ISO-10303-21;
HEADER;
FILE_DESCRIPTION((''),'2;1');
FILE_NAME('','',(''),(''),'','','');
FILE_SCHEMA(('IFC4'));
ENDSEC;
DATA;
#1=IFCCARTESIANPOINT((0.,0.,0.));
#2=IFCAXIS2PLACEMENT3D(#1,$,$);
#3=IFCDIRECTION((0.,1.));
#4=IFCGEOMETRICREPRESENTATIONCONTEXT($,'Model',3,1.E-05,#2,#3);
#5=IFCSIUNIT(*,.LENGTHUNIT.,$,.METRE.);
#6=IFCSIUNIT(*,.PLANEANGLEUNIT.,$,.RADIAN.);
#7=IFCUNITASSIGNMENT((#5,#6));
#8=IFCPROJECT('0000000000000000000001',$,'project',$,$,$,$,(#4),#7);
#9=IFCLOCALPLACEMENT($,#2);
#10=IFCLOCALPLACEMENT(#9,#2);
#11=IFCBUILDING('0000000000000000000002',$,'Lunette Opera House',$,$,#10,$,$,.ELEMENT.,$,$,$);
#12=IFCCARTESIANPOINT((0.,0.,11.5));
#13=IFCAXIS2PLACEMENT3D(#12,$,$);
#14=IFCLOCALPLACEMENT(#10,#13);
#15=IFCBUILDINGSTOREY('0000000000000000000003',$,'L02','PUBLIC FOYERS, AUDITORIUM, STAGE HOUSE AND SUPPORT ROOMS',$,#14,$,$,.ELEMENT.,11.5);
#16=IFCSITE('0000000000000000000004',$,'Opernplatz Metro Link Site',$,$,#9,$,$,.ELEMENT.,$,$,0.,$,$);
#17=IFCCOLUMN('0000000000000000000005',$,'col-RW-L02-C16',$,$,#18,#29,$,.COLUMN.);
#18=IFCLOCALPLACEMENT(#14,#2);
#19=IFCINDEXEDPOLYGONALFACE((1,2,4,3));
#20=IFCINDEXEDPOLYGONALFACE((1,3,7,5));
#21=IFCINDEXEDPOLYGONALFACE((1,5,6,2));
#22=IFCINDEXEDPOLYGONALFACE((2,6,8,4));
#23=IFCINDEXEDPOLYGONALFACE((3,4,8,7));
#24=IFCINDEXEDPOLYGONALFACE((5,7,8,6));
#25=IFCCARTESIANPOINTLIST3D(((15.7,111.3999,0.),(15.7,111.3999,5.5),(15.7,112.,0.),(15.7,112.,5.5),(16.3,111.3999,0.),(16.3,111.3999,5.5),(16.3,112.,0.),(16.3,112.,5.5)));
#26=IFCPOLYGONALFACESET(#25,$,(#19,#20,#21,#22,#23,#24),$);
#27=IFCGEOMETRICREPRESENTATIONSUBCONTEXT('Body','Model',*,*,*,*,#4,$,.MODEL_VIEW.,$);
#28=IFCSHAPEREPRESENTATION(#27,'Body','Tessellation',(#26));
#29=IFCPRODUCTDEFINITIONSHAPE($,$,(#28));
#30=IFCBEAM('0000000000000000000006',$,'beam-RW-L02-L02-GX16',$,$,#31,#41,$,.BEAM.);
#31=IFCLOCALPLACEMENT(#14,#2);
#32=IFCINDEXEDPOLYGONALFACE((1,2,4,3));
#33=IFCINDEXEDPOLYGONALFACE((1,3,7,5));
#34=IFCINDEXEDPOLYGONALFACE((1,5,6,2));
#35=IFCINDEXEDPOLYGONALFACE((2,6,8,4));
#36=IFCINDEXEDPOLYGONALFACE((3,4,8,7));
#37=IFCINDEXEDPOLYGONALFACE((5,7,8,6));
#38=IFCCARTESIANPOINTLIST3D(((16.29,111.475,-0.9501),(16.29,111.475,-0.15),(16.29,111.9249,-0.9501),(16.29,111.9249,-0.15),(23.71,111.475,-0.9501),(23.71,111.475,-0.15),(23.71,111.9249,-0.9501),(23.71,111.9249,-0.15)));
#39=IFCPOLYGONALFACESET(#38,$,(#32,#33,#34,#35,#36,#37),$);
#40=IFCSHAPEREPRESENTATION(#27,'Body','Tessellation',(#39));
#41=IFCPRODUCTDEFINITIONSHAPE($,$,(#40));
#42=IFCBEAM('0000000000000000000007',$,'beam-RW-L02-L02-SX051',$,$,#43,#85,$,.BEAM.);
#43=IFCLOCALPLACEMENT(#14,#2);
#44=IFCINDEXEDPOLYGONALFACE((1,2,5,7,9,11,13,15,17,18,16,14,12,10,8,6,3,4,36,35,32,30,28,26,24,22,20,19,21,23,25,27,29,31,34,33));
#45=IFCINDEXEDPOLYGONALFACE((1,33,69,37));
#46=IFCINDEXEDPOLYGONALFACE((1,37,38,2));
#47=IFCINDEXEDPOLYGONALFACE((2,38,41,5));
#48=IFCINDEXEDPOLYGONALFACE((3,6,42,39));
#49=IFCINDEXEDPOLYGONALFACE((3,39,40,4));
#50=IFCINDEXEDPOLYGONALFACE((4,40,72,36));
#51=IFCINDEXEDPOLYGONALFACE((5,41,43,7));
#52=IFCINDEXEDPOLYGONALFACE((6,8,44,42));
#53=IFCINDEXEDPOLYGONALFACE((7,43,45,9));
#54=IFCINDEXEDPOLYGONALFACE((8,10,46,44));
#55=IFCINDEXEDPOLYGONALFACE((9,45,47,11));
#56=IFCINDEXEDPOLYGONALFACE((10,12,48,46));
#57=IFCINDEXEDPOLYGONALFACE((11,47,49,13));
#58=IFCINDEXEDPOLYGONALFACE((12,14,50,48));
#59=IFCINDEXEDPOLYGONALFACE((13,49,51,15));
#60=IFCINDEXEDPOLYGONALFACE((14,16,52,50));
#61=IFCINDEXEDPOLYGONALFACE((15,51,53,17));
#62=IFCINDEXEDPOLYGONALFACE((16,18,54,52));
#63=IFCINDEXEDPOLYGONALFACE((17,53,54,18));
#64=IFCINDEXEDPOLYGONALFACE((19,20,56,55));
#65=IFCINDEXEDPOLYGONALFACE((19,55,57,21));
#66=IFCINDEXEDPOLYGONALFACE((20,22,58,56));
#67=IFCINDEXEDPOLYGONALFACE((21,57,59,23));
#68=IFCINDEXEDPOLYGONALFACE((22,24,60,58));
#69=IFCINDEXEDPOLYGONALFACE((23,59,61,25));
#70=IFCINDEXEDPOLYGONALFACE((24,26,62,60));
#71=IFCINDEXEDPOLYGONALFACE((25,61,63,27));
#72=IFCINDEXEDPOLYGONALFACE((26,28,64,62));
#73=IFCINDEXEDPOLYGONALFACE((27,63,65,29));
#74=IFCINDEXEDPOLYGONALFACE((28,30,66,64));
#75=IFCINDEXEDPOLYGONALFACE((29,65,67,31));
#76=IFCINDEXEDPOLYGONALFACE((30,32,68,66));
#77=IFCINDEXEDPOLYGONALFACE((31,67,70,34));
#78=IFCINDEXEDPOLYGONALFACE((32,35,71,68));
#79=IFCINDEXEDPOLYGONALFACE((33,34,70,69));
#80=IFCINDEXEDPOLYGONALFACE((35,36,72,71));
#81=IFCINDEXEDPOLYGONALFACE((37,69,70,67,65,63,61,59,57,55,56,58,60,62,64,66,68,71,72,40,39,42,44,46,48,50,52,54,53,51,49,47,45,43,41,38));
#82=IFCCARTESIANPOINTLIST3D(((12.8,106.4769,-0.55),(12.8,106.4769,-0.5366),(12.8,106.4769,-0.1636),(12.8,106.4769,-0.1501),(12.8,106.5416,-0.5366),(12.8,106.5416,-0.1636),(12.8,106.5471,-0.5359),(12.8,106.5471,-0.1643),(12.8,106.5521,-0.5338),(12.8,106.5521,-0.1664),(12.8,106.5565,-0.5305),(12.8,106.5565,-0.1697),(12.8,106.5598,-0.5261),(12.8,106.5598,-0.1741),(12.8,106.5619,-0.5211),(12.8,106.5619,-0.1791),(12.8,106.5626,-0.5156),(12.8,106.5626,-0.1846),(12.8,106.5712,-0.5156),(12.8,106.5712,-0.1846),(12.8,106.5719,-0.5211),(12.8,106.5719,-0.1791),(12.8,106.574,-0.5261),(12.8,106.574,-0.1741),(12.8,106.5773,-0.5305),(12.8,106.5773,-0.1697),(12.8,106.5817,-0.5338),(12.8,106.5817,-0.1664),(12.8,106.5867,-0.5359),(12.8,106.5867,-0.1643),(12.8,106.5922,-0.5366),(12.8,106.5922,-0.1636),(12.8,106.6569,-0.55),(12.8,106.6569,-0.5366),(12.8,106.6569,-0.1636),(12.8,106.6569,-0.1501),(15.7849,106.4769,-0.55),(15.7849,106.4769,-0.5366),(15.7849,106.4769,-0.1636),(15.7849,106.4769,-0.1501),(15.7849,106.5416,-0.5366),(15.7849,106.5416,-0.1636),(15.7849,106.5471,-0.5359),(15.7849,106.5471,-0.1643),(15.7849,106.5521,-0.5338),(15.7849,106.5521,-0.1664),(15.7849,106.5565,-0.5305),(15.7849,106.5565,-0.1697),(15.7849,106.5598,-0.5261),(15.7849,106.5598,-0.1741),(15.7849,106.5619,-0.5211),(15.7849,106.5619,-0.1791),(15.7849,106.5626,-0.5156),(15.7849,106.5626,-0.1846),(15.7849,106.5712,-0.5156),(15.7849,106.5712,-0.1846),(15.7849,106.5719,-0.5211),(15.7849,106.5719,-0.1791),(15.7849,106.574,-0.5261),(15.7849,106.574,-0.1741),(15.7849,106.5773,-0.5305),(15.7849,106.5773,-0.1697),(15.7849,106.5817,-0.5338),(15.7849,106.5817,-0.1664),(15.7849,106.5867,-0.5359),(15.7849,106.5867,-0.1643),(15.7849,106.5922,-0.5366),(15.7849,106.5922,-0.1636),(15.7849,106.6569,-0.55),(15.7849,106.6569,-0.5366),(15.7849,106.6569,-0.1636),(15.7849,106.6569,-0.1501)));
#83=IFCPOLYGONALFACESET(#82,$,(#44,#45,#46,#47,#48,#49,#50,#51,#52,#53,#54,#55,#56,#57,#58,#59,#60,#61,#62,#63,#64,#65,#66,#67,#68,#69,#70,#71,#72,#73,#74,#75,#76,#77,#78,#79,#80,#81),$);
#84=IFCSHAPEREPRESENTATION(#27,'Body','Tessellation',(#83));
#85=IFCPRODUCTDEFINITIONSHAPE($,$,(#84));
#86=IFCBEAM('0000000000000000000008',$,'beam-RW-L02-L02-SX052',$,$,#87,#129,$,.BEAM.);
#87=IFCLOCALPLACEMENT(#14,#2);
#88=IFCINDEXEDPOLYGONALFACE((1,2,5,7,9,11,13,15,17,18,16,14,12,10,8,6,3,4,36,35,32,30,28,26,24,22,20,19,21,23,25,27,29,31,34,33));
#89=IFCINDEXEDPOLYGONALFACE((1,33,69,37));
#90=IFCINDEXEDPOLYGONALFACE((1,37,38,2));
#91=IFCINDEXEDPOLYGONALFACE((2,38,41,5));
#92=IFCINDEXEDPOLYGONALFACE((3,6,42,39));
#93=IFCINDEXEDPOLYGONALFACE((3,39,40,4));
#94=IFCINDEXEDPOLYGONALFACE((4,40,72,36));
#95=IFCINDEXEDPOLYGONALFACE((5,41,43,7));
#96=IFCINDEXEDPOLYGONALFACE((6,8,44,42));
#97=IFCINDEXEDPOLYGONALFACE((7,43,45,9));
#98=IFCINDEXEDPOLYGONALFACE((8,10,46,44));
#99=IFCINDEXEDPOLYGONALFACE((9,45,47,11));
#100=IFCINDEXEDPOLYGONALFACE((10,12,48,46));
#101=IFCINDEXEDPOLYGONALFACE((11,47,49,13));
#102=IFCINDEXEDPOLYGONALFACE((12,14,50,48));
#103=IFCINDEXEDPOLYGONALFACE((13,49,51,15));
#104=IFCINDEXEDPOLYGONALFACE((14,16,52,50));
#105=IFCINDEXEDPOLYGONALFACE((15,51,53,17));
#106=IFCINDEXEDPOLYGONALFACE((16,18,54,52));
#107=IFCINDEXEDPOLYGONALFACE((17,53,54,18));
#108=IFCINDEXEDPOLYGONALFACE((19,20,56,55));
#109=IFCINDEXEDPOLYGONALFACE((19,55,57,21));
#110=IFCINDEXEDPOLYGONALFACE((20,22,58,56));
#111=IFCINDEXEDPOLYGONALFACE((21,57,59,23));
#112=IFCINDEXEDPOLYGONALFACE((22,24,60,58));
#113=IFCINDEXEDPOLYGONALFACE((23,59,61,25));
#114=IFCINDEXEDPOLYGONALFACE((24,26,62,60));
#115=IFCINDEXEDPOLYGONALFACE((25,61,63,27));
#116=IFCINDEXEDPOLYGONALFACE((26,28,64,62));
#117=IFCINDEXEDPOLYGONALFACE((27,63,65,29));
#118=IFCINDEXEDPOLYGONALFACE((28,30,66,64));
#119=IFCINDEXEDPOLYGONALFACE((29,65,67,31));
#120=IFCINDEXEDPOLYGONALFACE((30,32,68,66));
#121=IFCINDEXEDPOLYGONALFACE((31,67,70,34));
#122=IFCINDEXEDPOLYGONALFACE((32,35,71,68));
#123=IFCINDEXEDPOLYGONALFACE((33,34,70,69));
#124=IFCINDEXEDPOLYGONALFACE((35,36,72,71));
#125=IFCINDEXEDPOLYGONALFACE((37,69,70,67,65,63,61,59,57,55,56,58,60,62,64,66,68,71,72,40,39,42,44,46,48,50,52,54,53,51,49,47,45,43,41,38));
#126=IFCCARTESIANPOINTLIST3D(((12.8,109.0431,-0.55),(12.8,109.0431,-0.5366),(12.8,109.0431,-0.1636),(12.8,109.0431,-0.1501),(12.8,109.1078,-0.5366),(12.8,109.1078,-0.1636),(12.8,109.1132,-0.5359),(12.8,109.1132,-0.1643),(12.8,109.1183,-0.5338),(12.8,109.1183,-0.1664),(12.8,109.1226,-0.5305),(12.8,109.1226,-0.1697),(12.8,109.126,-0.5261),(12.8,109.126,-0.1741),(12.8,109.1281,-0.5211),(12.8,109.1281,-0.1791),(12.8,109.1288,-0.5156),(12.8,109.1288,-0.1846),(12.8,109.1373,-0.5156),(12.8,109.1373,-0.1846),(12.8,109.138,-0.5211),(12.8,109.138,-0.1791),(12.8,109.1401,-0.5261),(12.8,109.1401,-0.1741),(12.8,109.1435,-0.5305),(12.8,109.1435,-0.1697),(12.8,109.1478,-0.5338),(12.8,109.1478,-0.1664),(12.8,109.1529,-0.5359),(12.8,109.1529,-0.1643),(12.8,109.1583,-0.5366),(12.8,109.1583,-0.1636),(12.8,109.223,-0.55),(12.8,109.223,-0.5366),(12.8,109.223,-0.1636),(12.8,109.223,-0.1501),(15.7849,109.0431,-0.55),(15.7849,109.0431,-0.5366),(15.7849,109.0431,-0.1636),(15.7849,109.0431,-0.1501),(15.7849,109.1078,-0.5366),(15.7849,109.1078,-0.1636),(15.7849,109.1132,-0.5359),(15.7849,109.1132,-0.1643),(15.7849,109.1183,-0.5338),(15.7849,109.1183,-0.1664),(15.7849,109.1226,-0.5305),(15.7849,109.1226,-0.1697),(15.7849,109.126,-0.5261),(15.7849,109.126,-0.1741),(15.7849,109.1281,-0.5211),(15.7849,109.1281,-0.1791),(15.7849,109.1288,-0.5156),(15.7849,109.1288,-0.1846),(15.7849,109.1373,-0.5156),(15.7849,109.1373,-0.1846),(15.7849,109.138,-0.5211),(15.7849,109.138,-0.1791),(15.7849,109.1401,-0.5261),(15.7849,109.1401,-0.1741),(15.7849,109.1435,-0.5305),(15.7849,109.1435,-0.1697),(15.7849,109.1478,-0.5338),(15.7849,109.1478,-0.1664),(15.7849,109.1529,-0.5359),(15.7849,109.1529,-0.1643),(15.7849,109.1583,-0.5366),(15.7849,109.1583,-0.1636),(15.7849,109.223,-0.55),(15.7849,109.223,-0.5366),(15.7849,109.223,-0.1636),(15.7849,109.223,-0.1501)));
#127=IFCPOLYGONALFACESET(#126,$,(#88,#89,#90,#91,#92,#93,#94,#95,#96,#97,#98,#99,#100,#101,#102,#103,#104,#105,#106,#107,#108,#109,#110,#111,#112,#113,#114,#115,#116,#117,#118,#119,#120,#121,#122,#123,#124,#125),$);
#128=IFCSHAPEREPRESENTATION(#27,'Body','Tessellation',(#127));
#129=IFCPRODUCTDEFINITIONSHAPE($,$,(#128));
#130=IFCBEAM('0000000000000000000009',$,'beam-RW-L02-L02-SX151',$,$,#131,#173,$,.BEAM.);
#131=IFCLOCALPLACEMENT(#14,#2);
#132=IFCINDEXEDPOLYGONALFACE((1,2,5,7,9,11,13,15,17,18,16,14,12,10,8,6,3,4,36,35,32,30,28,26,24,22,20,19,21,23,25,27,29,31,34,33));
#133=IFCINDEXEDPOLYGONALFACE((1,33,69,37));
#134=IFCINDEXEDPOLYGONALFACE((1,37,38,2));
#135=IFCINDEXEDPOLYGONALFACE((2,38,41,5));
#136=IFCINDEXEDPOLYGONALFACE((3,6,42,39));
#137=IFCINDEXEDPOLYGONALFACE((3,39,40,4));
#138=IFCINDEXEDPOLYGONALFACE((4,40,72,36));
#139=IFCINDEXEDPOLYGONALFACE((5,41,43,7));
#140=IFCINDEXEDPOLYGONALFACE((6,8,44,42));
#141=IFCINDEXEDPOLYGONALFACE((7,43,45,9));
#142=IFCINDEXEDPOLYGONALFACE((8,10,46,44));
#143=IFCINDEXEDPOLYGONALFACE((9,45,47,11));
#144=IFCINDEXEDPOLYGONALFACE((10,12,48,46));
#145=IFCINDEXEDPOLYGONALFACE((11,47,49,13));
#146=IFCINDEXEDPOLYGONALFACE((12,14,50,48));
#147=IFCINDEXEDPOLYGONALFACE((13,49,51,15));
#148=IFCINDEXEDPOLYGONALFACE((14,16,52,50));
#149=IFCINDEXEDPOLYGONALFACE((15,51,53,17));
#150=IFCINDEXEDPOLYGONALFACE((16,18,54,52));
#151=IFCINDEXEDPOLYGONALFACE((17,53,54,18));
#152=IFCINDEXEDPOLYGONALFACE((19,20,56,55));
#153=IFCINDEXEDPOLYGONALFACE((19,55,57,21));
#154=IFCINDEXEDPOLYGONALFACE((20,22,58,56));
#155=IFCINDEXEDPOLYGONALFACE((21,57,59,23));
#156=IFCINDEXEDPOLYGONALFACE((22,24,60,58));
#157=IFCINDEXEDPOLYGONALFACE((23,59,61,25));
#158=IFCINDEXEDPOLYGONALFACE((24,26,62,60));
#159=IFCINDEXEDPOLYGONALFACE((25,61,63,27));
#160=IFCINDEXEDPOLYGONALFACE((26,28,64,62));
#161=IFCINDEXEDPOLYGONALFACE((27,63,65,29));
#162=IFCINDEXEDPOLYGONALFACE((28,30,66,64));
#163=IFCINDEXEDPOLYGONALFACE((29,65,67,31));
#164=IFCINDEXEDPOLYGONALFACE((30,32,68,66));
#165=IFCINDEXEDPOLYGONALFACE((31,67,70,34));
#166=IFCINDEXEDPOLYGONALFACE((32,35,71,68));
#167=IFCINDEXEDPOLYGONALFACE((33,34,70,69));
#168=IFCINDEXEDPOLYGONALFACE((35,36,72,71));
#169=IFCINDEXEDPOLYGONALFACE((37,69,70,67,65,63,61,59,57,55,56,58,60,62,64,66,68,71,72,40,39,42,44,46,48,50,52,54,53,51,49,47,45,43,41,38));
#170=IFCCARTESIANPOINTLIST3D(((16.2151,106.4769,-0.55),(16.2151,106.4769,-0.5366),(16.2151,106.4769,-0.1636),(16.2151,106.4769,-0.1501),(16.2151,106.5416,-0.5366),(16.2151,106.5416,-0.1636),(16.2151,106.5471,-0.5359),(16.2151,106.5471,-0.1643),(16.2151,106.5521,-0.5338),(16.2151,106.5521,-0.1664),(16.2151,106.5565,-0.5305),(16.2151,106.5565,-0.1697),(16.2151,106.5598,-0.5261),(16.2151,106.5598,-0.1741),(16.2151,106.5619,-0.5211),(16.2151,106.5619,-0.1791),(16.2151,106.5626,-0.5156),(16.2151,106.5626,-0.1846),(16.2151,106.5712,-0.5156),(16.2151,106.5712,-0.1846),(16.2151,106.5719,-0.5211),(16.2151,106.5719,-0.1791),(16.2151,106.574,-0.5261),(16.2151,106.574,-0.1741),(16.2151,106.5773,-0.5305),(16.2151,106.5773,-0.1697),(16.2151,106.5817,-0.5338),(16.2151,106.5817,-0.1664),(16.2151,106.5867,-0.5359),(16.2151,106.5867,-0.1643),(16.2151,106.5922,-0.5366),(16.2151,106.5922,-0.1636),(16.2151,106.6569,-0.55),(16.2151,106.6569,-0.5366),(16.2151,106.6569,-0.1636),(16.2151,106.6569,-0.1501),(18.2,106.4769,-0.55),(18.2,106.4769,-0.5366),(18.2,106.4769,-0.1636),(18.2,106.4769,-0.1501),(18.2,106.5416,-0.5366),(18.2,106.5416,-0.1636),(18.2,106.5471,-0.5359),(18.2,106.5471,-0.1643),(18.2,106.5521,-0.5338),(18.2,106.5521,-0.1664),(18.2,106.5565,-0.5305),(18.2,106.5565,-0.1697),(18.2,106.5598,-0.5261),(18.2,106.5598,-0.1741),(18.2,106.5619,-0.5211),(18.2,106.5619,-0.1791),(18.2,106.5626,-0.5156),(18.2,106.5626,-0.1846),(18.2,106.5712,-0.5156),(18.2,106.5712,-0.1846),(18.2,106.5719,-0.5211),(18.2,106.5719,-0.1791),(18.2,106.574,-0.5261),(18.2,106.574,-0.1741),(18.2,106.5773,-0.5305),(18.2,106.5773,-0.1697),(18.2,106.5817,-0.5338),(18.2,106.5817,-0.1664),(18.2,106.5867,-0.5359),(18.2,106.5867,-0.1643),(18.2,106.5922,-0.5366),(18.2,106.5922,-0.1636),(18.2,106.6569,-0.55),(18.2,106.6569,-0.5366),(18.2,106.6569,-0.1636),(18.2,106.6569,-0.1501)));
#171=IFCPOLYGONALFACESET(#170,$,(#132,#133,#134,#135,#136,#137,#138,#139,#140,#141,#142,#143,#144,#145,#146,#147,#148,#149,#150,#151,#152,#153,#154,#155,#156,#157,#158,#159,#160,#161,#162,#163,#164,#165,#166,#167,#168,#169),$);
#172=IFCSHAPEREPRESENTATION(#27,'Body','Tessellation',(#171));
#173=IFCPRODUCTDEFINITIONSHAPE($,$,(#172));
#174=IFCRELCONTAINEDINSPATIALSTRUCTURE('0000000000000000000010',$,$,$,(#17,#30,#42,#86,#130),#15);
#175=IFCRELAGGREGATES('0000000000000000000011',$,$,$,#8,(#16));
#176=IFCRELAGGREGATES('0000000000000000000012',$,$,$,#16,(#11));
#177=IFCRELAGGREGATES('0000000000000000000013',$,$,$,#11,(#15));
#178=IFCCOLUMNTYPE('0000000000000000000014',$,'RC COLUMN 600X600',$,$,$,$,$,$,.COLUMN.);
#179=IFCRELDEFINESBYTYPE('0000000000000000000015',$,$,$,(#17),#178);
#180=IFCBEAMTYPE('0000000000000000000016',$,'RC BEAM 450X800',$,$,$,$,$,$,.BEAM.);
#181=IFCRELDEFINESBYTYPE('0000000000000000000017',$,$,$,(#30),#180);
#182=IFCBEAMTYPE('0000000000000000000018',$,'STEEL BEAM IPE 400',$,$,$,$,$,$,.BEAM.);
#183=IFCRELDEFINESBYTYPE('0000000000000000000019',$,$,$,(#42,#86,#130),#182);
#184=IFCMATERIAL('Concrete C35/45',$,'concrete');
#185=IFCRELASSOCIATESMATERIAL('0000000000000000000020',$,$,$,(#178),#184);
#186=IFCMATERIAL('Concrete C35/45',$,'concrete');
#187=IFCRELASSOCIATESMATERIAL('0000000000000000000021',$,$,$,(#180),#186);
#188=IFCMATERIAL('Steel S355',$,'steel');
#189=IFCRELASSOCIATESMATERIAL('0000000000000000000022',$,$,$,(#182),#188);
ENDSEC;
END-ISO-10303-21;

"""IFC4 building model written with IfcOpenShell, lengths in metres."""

from ifc_helpers import new_model, si_unit, direction, frame, origin, origin_2d, place, context, subcontext, project, spatial, rectangle, i_section, extrude, material, material_profile, profile_set, type_object, element, save


model = new_model("IFC4")

# Units and contexts
model_context = context("Model", 3, precision=1e-05, world=origin(), true_north=direction((0.0, 1.0)))
body_context = subcontext(model_context, "Body", "Model", "MODEL_VIEW")
ifc_project = project(units=[si_unit("LENGTHUNIT", "METRE"), si_unit("PLANEANGLEUNIT", "RADIAN")], contexts=[model_context])

# Site, building, storey
site_placement = place(None, origin())
site = spatial("IfcSite", under=ifc_project, at=site_placement, Name="Opernplatz Metro Link Site", CompositionType="ELEMENT", RefElevation=0.0)
building_placement = place(site_placement, origin())
building = spatial("IfcBuilding", under=site, at=building_placement, Name="Lunette Opera House", CompositionType="ELEMENT")
storey_placement = place(building_placement, frame((0.0, 0.0, 11.5)))
storey = spatial("IfcBuildingStorey", under=building, at=storey_placement, Name="L02", Description="PUBLIC FOYERS, AUDITORIUM, STAGE HOUSE AND SUPPORT ROOMS", CompositionType="ELEMENT", Elevation=11.5)

# Column
ifc_material_1 = material(Name="Concrete C35/45", Category="concrete")
ifc_material_profile_1 = material_profile(ifc_material_1, rectangle(XDim=0.6001, YDim=0.6001, at=origin_2d()), Name="RC COLUMN 600X600")
ifc_profile_set_1 = profile_set([ifc_material_profile_1], Name="Concrete C35/45")
column_type = type_object("IfcColumnType", Name="RC COLUMN 600X600", PredefinedType="COLUMN", material=ifc_profile_set_1)
column_placement = place(storey_placement, frame((16.0, 111.7, 0.0), z_axis=(0.0, 0.0, 1.0), x_axis=(1.0, 0.0, 0.0)))
element("IfcColumn", 1, at=column_placement, inside=storey, type_object=column_type, Name="col-RW-L02-C16", PredefinedType="COLUMN", context=body_context, shape_type="SweptSolid", body=[
    extrude(rectangle(XDim=0.6001, YDim=0.6001, at=origin_2d()), origin(), (0.0, 0.0, 1.0), 5.5),
])

# Beams
ifc_material_2 = material(Name="Concrete C35/45", Category="concrete")
ifc_material_profile_2 = material_profile(ifc_material_2, rectangle(XDim=0.45, YDim=0.8, at=origin_2d()), Name="RC BEAM 450X800")
ifc_profile_set_2 = profile_set([ifc_material_profile_2], Name="Concrete C35/45")
beam_type_1 = type_object("IfcBeamType", Name="RC BEAM 450X800", PredefinedType="BEAM", material=ifc_profile_set_2)
beam_1_placement = place(storey_placement, frame((16.29, 111.7, -0.55), z_axis=(1.0, 0.0, 0.0), x_axis=(0.0, 1.0, 0.0)))
element("IfcBeam", 2, at=beam_1_placement, inside=storey, type_object=beam_type_1, Name="beam-RW-L02-L02-GX16", PredefinedType="BEAM", context=body_context, shape_type="SweptSolid", body=[
    extrude(rectangle(XDim=0.45, YDim=0.8, at=origin_2d()), origin(), (0.0, 0.0, 1.0), 7.4199),
])
ifc_material_3 = material(Name="Steel S355", Category="steel")
ifc_material_profile_3 = material_profile(ifc_material_3, i_section(OverallWidth=0.1799, OverallDepth=0.3999, WebThickness=0.0085, FlangeThickness=0.0134, FilletRadius=0.021, at=origin_2d()), Name="IPE 400")
ifc_profile_set_3 = profile_set([ifc_material_profile_3], Name="Steel S355")
beam_type_2 = type_object("IfcBeamType", Name="STEEL BEAM IPE 400", PredefinedType="BEAM", material=ifc_profile_set_3)
for number, where, z_axis, x_axis, name in (
    (3, (12.8, 106.5669, -0.3501), (1.0, 0.0, 0.0), (0.0, 1.0, 0.0), "beam-RW-L02-L02-SX051"),
    (4, (12.8, 109.1331, -0.3501), (1.0, 0.0, 0.0), (0.0, 1.0, 0.0), "beam-RW-L02-L02-SX052"),
):
    element("IfcBeam", number, at=place(storey_placement, frame(where, z_axis=z_axis, x_axis=x_axis)), inside=storey, type_object=beam_type_2, Name=name, PredefinedType="BEAM", context=body_context, shape_type="SweptSolid", body=[
        extrude(i_section(OverallWidth=0.1799, OverallDepth=0.3999, WebThickness=0.0085, FlangeThickness=0.0134, FilletRadius=0.021, at=origin_2d()), origin(), (0.0, 0.0, 1.0), 2.9849),
    ])
beam_2_placement = place(storey_placement, frame((16.2151, 106.5669, -0.3501), z_axis=(1.0, 0.0, 0.0), x_axis=(0.0, 1.0, 0.0)))
element("IfcBeam", 5, at=beam_2_placement, inside=storey, type_object=beam_type_2, Name="beam-RW-L02-L02-SX151", PredefinedType="BEAM", context=body_context, shape_type="SweptSolid", body=[
    extrude(i_section(OverallWidth=0.1799, OverallDepth=0.3999, WebThickness=0.0085, FlangeThickness=0.0134, FilletRadius=0.021, at=origin_2d()), origin(), (0.0, 0.0, 1.0), 1.9849),
])

save(model, "model.ifc")
